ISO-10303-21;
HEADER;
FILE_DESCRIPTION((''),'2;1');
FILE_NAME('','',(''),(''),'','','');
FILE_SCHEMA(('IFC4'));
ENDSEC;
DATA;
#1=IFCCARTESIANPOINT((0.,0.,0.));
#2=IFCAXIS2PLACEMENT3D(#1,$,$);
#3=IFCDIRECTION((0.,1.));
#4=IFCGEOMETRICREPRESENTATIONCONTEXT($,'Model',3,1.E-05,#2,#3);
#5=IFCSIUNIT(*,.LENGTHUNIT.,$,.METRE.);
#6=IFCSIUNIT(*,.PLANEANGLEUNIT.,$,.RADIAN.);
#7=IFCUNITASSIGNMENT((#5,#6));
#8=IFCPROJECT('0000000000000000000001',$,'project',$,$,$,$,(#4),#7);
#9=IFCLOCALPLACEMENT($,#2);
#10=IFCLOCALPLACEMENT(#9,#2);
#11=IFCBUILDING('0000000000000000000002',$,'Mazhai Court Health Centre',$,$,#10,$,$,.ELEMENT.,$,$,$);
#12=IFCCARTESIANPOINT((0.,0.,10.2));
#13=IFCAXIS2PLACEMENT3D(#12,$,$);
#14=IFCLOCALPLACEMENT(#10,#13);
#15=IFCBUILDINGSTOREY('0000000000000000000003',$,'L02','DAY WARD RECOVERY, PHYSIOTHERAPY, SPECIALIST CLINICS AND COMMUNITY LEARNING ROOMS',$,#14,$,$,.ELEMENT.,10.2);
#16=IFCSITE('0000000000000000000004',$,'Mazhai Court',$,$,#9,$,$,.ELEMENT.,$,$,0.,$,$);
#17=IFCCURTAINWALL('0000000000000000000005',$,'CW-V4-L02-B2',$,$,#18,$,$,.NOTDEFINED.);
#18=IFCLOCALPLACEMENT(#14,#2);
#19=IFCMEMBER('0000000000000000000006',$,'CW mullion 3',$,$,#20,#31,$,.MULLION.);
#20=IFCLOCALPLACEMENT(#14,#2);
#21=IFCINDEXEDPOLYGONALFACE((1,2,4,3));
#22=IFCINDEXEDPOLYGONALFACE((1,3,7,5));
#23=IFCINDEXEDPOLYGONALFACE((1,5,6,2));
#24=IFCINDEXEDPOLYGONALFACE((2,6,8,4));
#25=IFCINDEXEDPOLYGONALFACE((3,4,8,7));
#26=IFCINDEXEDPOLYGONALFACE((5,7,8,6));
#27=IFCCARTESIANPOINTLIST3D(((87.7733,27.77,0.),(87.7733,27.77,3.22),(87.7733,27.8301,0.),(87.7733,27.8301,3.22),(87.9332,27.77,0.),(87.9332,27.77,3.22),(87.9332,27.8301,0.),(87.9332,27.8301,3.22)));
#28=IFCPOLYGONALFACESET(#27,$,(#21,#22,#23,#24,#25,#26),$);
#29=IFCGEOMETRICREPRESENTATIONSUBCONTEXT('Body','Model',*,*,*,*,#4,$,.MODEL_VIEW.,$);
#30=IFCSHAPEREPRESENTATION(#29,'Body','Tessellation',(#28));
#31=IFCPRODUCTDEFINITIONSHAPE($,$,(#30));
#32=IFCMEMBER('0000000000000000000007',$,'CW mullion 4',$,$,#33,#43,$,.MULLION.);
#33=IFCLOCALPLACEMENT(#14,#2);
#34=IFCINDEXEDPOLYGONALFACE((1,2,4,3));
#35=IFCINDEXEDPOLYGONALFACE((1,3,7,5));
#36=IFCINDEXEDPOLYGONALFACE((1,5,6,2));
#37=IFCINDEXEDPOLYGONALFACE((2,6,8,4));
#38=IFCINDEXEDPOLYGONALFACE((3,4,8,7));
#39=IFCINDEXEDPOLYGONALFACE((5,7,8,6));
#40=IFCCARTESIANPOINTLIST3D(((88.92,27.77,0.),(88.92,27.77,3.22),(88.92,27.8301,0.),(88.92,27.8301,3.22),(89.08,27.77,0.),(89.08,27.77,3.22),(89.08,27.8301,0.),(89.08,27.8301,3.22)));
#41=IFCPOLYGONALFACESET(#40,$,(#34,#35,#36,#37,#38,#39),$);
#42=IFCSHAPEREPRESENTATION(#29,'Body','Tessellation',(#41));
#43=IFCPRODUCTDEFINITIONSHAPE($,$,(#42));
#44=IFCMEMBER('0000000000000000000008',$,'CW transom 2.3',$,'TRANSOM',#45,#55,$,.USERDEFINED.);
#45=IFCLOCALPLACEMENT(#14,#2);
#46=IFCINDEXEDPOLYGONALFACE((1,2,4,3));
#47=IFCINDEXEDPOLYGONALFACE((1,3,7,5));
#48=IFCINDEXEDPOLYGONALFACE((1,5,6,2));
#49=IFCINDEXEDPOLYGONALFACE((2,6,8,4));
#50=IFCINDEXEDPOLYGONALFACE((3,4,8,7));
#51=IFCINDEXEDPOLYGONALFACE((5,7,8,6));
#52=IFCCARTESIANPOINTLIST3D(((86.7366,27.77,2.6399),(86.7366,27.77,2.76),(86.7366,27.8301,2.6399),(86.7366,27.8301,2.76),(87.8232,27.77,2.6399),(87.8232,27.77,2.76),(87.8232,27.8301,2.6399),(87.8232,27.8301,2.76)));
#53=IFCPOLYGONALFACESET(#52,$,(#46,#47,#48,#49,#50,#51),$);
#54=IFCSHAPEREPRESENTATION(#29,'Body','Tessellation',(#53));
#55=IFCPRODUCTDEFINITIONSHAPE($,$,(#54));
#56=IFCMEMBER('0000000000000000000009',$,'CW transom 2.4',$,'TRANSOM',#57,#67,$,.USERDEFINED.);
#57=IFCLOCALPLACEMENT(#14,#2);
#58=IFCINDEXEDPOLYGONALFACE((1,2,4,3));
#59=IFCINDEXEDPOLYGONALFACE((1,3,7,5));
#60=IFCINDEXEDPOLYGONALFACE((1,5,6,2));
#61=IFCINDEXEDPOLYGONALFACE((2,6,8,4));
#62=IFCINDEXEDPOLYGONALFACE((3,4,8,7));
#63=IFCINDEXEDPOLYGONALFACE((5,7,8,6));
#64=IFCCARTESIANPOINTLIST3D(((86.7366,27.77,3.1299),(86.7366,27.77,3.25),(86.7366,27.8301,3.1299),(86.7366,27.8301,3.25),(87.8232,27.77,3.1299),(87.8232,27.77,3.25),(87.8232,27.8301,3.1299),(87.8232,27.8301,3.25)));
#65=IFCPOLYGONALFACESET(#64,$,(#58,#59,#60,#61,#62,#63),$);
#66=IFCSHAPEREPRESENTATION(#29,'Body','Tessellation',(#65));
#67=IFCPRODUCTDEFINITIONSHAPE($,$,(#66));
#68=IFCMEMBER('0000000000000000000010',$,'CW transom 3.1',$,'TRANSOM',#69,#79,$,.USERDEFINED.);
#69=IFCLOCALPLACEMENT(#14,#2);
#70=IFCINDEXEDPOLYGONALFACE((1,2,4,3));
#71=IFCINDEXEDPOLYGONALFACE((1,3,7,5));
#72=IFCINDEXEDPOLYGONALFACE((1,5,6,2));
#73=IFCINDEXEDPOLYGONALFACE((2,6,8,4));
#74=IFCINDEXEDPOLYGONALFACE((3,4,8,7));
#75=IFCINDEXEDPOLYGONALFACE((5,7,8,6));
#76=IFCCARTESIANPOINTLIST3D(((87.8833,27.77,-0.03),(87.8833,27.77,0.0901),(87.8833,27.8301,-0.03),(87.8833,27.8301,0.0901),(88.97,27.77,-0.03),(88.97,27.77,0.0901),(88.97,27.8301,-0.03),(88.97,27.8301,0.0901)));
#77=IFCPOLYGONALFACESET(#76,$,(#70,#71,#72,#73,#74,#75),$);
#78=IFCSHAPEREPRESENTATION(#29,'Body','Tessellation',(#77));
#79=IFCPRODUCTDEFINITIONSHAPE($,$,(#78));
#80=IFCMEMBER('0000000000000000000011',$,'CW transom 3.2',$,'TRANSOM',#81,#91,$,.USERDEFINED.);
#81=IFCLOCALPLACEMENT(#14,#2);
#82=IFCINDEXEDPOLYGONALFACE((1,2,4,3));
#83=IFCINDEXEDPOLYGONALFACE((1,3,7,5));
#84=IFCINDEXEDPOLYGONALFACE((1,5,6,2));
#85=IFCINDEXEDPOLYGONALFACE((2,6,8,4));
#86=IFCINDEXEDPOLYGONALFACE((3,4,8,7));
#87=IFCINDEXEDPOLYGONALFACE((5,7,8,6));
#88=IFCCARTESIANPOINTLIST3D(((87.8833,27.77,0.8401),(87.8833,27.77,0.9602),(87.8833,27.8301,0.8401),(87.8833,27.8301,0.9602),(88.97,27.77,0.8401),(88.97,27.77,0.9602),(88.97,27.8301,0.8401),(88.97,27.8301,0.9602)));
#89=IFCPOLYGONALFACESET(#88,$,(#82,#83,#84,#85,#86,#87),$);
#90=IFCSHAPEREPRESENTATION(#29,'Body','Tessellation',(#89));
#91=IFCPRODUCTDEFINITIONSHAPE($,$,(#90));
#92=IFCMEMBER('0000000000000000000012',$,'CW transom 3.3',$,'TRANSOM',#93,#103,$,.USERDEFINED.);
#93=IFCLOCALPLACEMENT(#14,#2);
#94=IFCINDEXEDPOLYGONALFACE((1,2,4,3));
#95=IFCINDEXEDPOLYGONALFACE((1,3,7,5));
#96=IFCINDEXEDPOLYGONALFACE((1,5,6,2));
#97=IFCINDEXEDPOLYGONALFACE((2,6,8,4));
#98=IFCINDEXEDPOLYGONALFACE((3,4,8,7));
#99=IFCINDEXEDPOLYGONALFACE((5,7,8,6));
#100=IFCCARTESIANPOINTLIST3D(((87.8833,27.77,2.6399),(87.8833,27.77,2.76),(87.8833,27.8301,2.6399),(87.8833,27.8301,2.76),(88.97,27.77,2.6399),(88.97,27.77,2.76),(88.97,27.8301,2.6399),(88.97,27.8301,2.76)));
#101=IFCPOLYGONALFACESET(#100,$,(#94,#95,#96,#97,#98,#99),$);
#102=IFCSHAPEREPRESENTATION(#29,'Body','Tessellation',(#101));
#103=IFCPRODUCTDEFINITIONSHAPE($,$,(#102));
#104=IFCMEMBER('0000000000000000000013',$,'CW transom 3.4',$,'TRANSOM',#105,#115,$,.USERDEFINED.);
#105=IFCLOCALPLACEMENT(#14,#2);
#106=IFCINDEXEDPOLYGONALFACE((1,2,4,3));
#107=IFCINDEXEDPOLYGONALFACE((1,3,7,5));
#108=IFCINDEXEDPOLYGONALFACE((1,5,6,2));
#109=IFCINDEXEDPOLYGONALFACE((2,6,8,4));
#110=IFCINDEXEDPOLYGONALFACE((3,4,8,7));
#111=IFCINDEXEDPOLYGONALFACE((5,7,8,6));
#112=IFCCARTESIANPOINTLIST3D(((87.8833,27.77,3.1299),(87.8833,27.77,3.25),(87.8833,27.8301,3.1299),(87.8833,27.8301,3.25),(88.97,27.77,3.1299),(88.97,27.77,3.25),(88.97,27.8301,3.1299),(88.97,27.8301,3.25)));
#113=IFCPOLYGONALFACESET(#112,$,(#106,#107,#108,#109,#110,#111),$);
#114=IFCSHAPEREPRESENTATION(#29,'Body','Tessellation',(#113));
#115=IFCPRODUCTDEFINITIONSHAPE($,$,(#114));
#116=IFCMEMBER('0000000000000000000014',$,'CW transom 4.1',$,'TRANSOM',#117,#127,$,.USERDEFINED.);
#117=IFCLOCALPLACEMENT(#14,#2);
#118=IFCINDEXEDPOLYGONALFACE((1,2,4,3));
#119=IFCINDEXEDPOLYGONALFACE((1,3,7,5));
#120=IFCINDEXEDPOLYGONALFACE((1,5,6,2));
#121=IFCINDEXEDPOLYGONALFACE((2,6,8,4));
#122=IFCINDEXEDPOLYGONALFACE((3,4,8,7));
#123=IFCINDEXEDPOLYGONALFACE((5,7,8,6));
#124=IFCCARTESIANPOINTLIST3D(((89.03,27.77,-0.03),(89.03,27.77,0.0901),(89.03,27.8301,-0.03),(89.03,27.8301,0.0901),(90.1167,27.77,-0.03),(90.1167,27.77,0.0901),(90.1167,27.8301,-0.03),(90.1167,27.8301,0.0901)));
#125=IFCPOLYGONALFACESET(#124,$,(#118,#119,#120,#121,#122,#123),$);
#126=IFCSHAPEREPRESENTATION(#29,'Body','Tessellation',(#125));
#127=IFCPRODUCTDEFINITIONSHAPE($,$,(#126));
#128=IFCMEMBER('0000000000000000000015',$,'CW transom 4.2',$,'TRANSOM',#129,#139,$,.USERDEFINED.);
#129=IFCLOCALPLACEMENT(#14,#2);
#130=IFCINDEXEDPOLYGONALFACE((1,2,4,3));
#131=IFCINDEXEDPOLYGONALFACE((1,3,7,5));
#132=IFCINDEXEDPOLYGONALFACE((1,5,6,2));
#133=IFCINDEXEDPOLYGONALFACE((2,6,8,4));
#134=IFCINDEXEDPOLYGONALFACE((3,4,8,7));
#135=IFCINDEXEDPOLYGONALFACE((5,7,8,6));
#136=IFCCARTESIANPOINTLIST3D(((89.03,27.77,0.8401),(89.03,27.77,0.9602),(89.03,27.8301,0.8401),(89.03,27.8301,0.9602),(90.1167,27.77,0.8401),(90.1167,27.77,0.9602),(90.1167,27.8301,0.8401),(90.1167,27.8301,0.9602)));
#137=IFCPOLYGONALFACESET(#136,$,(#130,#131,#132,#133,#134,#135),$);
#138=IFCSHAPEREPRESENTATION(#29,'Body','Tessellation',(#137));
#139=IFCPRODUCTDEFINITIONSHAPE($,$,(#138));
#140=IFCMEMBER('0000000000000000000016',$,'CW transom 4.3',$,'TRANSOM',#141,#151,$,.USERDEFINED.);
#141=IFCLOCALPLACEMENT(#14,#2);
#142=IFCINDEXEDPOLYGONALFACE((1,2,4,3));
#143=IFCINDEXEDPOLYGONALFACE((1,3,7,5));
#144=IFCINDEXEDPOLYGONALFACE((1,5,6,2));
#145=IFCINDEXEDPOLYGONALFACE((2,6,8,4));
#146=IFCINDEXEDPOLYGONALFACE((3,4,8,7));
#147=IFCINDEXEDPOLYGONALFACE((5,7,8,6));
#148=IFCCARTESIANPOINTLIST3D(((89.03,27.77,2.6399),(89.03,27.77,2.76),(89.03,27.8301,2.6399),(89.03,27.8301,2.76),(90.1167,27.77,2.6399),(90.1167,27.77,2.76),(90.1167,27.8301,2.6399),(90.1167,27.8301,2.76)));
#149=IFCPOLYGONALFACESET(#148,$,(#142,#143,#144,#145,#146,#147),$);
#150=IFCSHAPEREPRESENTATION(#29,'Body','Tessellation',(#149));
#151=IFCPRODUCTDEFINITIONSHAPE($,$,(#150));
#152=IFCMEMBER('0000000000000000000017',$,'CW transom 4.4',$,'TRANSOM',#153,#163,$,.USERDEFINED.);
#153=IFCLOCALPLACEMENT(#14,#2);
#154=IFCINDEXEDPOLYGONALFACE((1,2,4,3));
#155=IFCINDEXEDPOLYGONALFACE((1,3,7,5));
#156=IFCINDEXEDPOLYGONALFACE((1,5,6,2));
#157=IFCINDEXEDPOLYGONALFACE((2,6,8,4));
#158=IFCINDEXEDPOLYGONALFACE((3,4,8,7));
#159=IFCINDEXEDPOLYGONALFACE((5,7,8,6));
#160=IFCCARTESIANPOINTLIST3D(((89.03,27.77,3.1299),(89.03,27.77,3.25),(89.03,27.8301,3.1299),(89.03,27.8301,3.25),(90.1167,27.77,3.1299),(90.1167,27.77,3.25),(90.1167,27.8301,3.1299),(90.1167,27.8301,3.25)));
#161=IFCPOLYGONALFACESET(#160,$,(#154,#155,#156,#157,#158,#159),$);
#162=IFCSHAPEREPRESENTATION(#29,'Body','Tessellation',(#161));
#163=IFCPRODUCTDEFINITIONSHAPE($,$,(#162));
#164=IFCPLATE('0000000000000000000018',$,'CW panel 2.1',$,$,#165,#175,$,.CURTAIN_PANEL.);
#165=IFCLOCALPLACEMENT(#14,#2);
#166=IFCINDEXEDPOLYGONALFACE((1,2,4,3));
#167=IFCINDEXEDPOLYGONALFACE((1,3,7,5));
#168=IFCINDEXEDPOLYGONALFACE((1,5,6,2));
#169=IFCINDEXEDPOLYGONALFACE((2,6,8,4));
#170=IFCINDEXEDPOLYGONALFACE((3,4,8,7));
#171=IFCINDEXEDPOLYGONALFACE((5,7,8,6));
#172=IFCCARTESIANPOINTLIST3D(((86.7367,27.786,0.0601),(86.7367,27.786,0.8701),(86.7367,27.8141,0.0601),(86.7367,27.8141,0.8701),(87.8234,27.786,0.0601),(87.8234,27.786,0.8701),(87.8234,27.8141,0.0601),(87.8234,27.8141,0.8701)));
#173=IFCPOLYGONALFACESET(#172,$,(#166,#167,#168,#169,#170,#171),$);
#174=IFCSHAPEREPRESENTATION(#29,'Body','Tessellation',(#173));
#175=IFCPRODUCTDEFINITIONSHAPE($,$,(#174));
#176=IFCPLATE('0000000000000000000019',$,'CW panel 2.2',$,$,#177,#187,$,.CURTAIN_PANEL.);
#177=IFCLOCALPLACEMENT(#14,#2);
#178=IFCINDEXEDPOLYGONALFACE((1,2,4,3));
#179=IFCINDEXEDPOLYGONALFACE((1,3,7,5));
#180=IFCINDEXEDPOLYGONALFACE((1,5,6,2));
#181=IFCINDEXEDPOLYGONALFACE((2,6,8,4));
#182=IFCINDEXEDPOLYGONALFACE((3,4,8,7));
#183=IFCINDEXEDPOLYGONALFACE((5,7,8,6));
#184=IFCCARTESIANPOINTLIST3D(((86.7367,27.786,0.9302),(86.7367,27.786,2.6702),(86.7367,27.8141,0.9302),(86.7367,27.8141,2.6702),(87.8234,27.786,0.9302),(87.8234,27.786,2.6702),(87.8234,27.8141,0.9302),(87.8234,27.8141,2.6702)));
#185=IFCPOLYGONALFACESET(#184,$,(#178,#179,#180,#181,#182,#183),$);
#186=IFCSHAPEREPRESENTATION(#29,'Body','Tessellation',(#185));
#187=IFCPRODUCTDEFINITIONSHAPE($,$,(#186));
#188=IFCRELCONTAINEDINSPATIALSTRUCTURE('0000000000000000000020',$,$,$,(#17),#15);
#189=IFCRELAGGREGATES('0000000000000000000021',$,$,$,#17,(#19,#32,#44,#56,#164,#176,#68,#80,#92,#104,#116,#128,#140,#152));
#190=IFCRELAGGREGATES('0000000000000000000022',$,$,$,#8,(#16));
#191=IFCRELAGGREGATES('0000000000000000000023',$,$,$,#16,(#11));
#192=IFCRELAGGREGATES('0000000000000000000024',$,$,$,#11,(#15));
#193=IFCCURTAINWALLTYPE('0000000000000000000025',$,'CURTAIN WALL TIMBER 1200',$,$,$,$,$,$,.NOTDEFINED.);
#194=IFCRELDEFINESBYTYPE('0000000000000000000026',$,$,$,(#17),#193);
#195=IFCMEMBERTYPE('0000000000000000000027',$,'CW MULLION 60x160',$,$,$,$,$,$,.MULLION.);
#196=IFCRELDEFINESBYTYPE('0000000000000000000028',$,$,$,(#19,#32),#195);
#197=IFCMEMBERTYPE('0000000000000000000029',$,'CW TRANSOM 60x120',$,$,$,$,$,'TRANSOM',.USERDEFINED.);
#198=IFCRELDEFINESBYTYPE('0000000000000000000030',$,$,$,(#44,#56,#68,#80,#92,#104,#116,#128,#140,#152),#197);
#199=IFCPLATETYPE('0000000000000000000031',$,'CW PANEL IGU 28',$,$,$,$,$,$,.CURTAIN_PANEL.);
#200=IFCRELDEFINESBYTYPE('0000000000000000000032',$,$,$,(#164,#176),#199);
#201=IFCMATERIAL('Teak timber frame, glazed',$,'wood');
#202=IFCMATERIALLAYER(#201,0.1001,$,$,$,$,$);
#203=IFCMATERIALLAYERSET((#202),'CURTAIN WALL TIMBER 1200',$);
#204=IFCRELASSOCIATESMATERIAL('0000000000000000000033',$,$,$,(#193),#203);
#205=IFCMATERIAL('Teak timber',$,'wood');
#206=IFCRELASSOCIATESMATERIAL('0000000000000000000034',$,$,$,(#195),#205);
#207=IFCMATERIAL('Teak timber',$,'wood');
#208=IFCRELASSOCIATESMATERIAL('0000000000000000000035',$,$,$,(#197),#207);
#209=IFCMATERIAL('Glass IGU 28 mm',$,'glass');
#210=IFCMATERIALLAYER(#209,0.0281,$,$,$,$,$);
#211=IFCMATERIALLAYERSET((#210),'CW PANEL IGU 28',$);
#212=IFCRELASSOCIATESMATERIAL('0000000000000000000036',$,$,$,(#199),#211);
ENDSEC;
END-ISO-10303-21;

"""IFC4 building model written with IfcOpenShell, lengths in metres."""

from ifc_helpers import new_model, si_unit, direction, frame, origin, origin_2d, place, context, subcontext, project, spatial, rectangle, extrude, material, layer, layer_set, material_profile, profile_set, type_object, element, aggregate, save


model = new_model("IFC4")

# Units and contexts
model_context = context("Model", 3, precision=1e-05, world=origin(), true_north=direction((0.0, 1.0)))
body_context = subcontext(model_context, "Body", "Model", "MODEL_VIEW")
ifc_project = project(units=[si_unit("LENGTHUNIT", "METRE"), si_unit("PLANEANGLEUNIT", "RADIAN")], contexts=[model_context])

# Site, building, storey
site_placement = place(None, origin())
site = spatial("IfcSite", under=ifc_project, at=site_placement, Name="Mazhai Court", CompositionType="ELEMENT", RefElevation=0.0)
building_placement = place(site_placement, origin())
building = spatial("IfcBuilding", under=site, at=building_placement, Name="Mazhai Court Health Centre", CompositionType="ELEMENT")
storey_placement = place(building_placement, frame((0.0, 0.0, 10.2)))
storey = spatial("IfcBuildingStorey", under=building, at=storey_placement, Name="L02", Description="DAY WARD RECOVERY, PHYSIOTHERAPY, SPECIALIST CLINICS AND COMMUNITY LEARNING ROOMS", CompositionType="ELEMENT", Elevation=10.2)

# Curtain wall, members, plates
ifc_material_1 = material(Name="Teak timber frame, glazed", Category="wood")
ifc_layer_1 = layer(ifc_material_1, 0.1001)
ifc_layer_set_1 = layer_set([ifc_layer_1], Name="CURTAIN WALL TIMBER 1200")
curtain_wall_type = type_object("IfcCurtainWallType", Name="CURTAIN WALL TIMBER 1200", PredefinedType="NOTDEFINED", material=ifc_layer_set_1)
curtain_wall_placement = place(storey_placement, origin())
curtain_wall = element("IfcCurtainWall", 1, at=curtain_wall_placement, inside=storey, type_object=curtain_wall_type, Name="CW-V4-L02-B2", PredefinedType="NOTDEFINED")
ifc_material_2 = material(Name="Teak timber", Category="wood")
ifc_material_profile_1 = material_profile(ifc_material_2, rectangle(XDim=0.0601, YDim=0.1599, at=origin_2d()), Name="CW MULLION 60x160")
ifc_profile_set_1 = profile_set([ifc_material_profile_1], Name="Teak timber")
member_type_1 = type_object("IfcMemberType", Name="CW MULLION 60x160", PredefinedType="MULLION", material=ifc_profile_set_1)
member_1_placement = place(storey_placement, frame((87.8533, 27.8, 0.0), z_axis=(0.0, 0.0, 1.0), x_axis=(0.0, 1.0, 0.0)))
member_1 = element("IfcMember", 2, at=member_1_placement, type_object=member_type_1, Name="CW mullion 3", PredefinedType="MULLION", context=body_context, shape_type="SweptSolid", body=[
    extrude(rectangle(XDim=0.0601, YDim=0.1599, at=origin_2d()), origin(), (0.0, 0.0, 1.0), 3.22),
])
member_2_placement = place(storey_placement, frame((89.0, 27.8, 0.0), z_axis=(0.0, 0.0, 1.0), x_axis=(0.0, 1.0, 0.0)))
member_2 = element("IfcMember", 3, at=member_2_placement, type_object=member_type_1, Name="CW mullion 4", PredefinedType="MULLION", context=body_context, shape_type="SweptSolid", body=[
    extrude(rectangle(XDim=0.0601, YDim=0.1599, at=origin_2d()), origin(), (0.0, 0.0, 1.0), 3.22),
])
ifc_material_3 = material(Name="Teak timber", Category="wood")
ifc_material_profile_2 = material_profile(ifc_material_3, rectangle(XDim=0.0601, YDim=0.1201, at=origin_2d()), Name="CW TRANSOM 60x120")
ifc_profile_set_2 = profile_set([ifc_material_profile_2], Name="Teak timber")
member_type_2 = type_object("IfcMemberType", Name="CW TRANSOM 60x120", ElementType="TRANSOM", PredefinedType="USERDEFINED", material=ifc_profile_set_2)
member_3_placement = place(storey_placement, frame((86.7366, 27.8, 2.7), z_axis=(1.0, 0.0, 0.0), x_axis=(0.0, 1.0, 0.0)))
member_3 = element("IfcMember", 4, at=member_3_placement, type_object=member_type_2, Name="CW transom 2.3", ObjectType="TRANSOM", PredefinedType="USERDEFINED", context=body_context, shape_type="SweptSolid", body=[
    extrude(rectangle(XDim=0.0601, YDim=0.1201, at=origin_2d()), origin(), (0.0, 0.0, 1.0), 1.0867),
])
member_4_placement = place(storey_placement, frame((86.7366, 27.8, 3.1899), z_axis=(1.0, 0.0, 0.0), x_axis=(0.0, 1.0, 0.0)))
member_4 = element("IfcMember", 5, at=member_4_placement, type_object=member_type_2, Name="CW transom 2.4", ObjectType="TRANSOM", PredefinedType="USERDEFINED", context=body_context, shape_type="SweptSolid", body=[
    extrude(rectangle(XDim=0.0601, YDim=0.1201, at=origin_2d()), origin(), (0.0, 0.0, 1.0), 1.0867),
])
member_5_placement = place(storey_placement, frame((87.8833, 27.8, 0.03), z_axis=(1.0, 0.0, 0.0), x_axis=(0.0, 1.0, 0.0)))
member_5 = element("IfcMember", 6, at=member_5_placement, type_object=member_type_2, Name="CW transom 3.1", ObjectType="TRANSOM", PredefinedType="USERDEFINED", context=body_context, shape_type="SweptSolid", body=[
    extrude(rectangle(XDim=0.0601, YDim=0.1201, at=origin_2d()), origin(), (0.0, 0.0, 1.0), 1.0867),
])
member_6_placement = place(storey_placement, frame((87.8833, 27.8, 0.9001), z_axis=(1.0, 0.0, 0.0), x_axis=(0.0, 1.0, 0.0)))
member_6 = element("IfcMember", 7, at=member_6_placement, type_object=member_type_2, Name="CW transom 3.2", ObjectType="TRANSOM", PredefinedType="USERDEFINED", context=body_context, shape_type="SweptSolid", body=[
    extrude(rectangle(XDim=0.0601, YDim=0.1201, at=origin_2d()), origin(), (0.0, 0.0, 1.0), 1.0867),
])
member_7_placement = place(storey_placement, frame((87.8833, 27.8, 2.7), z_axis=(1.0, 0.0, 0.0), x_axis=(0.0, 1.0, 0.0)))
member_7 = element("IfcMember", 8, at=member_7_placement, type_object=member_type_2, Name="CW transom 3.3", ObjectType="TRANSOM", PredefinedType="USERDEFINED", context=body_context, shape_type="SweptSolid", body=[
    extrude(rectangle(XDim=0.0601, YDim=0.1201, at=origin_2d()), origin(), (0.0, 0.0, 1.0), 1.0867),
])
member_8_placement = place(storey_placement, frame((87.8833, 27.8, 3.1899), z_axis=(1.0, 0.0, 0.0), x_axis=(0.0, 1.0, 0.0)))
member_8 = element("IfcMember", 9, at=member_8_placement, type_object=member_type_2, Name="CW transom 3.4", ObjectType="TRANSOM", PredefinedType="USERDEFINED", context=body_context, shape_type="SweptSolid", body=[
    extrude(rectangle(XDim=0.0601, YDim=0.1201, at=origin_2d()), origin(), (0.0, 0.0, 1.0), 1.0867),
])
member_9_placement = place(storey_placement, frame((89.03, 27.8, 0.03), z_axis=(1.0, 0.0, 0.0), x_axis=(0.0, 1.0, 0.0)))
member_9 = element("IfcMember", 10, at=member_9_placement, type_object=member_type_2, Name="CW transom 4.1", ObjectType="TRANSOM", PredefinedType="USERDEFINED", context=body_context, shape_type="SweptSolid", body=[
    extrude(rectangle(XDim=0.0601, YDim=0.1201, at=origin_2d()), origin(), (0.0, 0.0, 1.0), 1.0867),
])
member_10_placement = place(storey_placement, frame((89.03, 27.8, 0.9001), z_axis=(1.0, 0.0, 0.0), x_axis=(0.0, 1.0, 0.0)))
member_10 = element("IfcMember", 11, at=member_10_placement, type_object=member_type_2, Name="CW transom 4.2", ObjectType="TRANSOM", PredefinedType="USERDEFINED", context=body_context, shape_type="SweptSolid", body=[
    extrude(rectangle(XDim=0.0601, YDim=0.1201, at=origin_2d()), origin(), (0.0, 0.0, 1.0), 1.0867),
])
member_11_placement = place(storey_placement, frame((89.03, 27.8, 2.7), z_axis=(1.0, 0.0, 0.0), x_axis=(0.0, 1.0, 0.0)))
member_11 = element("IfcMember", 12, at=member_11_placement, type_object=member_type_2, Name="CW transom 4.3", ObjectType="TRANSOM", PredefinedType="USERDEFINED", context=body_context, shape_type="SweptSolid", body=[
    extrude(rectangle(XDim=0.0601, YDim=0.1201, at=origin_2d()), origin(), (0.0, 0.0, 1.0), 1.0867),
])
member_12_placement = place(storey_placement, frame((89.03, 27.8, 3.1899), z_axis=(1.0, 0.0, 0.0), x_axis=(0.0, 1.0, 0.0)))
member_12 = element("IfcMember", 13, at=member_12_placement, type_object=member_type_2, Name="CW transom 4.4", ObjectType="TRANSOM", PredefinedType="USERDEFINED", context=body_context, shape_type="SweptSolid", body=[
    extrude(rectangle(XDim=0.0601, YDim=0.1201, at=origin_2d()), origin(), (0.0, 0.0, 1.0), 1.0867),
])
ifc_material_4 = material(Name="Glass IGU 28 mm", Category="glass")
ifc_layer_2 = layer(ifc_material_4, 0.0281)
ifc_layer_set_2 = layer_set([ifc_layer_2], Name="CW PANEL IGU 28")
plate_type = type_object("IfcPlateType", Name="CW PANEL IGU 28", PredefinedType="CURTAIN_PANEL", material=ifc_layer_set_2)
plate_1_placement = place(storey_placement, frame((87.28, 27.8, 0.0601), z_axis=(0.0, 0.0, 1.0), x_axis=(1.0, 0.0, 0.0)))
plate_1 = element("IfcPlate", 14, at=plate_1_placement, type_object=plate_type, Name="CW panel 2.1", PredefinedType="CURTAIN_PANEL", context=body_context, shape_type="SweptSolid", body=[
    extrude(rectangle(XDim=1.0867, YDim=0.0281, at=origin_2d()), origin(), (0.0, 0.0, 1.0), 0.8101),
])
plate_2_placement = place(storey_placement, frame((87.28, 27.8, 0.9302), z_axis=(0.0, 0.0, 1.0), x_axis=(1.0, 0.0, 0.0)))
plate_2 = element("IfcPlate", 15, at=plate_2_placement, type_object=plate_type, Name="CW panel 2.2", PredefinedType="CURTAIN_PANEL", context=body_context, shape_type="SweptSolid", body=[
    extrude(rectangle(XDim=1.0867, YDim=0.0281, at=origin_2d()), origin(), (0.0, 0.0, 1.0), 1.74),
])
aggregate(curtain_wall, [member_1, member_2, member_3, member_4, plate_1, plate_2, member_5, member_6, member_7, member_8, member_9, member_10, member_11, member_12])

save(model, "model.ifc")
